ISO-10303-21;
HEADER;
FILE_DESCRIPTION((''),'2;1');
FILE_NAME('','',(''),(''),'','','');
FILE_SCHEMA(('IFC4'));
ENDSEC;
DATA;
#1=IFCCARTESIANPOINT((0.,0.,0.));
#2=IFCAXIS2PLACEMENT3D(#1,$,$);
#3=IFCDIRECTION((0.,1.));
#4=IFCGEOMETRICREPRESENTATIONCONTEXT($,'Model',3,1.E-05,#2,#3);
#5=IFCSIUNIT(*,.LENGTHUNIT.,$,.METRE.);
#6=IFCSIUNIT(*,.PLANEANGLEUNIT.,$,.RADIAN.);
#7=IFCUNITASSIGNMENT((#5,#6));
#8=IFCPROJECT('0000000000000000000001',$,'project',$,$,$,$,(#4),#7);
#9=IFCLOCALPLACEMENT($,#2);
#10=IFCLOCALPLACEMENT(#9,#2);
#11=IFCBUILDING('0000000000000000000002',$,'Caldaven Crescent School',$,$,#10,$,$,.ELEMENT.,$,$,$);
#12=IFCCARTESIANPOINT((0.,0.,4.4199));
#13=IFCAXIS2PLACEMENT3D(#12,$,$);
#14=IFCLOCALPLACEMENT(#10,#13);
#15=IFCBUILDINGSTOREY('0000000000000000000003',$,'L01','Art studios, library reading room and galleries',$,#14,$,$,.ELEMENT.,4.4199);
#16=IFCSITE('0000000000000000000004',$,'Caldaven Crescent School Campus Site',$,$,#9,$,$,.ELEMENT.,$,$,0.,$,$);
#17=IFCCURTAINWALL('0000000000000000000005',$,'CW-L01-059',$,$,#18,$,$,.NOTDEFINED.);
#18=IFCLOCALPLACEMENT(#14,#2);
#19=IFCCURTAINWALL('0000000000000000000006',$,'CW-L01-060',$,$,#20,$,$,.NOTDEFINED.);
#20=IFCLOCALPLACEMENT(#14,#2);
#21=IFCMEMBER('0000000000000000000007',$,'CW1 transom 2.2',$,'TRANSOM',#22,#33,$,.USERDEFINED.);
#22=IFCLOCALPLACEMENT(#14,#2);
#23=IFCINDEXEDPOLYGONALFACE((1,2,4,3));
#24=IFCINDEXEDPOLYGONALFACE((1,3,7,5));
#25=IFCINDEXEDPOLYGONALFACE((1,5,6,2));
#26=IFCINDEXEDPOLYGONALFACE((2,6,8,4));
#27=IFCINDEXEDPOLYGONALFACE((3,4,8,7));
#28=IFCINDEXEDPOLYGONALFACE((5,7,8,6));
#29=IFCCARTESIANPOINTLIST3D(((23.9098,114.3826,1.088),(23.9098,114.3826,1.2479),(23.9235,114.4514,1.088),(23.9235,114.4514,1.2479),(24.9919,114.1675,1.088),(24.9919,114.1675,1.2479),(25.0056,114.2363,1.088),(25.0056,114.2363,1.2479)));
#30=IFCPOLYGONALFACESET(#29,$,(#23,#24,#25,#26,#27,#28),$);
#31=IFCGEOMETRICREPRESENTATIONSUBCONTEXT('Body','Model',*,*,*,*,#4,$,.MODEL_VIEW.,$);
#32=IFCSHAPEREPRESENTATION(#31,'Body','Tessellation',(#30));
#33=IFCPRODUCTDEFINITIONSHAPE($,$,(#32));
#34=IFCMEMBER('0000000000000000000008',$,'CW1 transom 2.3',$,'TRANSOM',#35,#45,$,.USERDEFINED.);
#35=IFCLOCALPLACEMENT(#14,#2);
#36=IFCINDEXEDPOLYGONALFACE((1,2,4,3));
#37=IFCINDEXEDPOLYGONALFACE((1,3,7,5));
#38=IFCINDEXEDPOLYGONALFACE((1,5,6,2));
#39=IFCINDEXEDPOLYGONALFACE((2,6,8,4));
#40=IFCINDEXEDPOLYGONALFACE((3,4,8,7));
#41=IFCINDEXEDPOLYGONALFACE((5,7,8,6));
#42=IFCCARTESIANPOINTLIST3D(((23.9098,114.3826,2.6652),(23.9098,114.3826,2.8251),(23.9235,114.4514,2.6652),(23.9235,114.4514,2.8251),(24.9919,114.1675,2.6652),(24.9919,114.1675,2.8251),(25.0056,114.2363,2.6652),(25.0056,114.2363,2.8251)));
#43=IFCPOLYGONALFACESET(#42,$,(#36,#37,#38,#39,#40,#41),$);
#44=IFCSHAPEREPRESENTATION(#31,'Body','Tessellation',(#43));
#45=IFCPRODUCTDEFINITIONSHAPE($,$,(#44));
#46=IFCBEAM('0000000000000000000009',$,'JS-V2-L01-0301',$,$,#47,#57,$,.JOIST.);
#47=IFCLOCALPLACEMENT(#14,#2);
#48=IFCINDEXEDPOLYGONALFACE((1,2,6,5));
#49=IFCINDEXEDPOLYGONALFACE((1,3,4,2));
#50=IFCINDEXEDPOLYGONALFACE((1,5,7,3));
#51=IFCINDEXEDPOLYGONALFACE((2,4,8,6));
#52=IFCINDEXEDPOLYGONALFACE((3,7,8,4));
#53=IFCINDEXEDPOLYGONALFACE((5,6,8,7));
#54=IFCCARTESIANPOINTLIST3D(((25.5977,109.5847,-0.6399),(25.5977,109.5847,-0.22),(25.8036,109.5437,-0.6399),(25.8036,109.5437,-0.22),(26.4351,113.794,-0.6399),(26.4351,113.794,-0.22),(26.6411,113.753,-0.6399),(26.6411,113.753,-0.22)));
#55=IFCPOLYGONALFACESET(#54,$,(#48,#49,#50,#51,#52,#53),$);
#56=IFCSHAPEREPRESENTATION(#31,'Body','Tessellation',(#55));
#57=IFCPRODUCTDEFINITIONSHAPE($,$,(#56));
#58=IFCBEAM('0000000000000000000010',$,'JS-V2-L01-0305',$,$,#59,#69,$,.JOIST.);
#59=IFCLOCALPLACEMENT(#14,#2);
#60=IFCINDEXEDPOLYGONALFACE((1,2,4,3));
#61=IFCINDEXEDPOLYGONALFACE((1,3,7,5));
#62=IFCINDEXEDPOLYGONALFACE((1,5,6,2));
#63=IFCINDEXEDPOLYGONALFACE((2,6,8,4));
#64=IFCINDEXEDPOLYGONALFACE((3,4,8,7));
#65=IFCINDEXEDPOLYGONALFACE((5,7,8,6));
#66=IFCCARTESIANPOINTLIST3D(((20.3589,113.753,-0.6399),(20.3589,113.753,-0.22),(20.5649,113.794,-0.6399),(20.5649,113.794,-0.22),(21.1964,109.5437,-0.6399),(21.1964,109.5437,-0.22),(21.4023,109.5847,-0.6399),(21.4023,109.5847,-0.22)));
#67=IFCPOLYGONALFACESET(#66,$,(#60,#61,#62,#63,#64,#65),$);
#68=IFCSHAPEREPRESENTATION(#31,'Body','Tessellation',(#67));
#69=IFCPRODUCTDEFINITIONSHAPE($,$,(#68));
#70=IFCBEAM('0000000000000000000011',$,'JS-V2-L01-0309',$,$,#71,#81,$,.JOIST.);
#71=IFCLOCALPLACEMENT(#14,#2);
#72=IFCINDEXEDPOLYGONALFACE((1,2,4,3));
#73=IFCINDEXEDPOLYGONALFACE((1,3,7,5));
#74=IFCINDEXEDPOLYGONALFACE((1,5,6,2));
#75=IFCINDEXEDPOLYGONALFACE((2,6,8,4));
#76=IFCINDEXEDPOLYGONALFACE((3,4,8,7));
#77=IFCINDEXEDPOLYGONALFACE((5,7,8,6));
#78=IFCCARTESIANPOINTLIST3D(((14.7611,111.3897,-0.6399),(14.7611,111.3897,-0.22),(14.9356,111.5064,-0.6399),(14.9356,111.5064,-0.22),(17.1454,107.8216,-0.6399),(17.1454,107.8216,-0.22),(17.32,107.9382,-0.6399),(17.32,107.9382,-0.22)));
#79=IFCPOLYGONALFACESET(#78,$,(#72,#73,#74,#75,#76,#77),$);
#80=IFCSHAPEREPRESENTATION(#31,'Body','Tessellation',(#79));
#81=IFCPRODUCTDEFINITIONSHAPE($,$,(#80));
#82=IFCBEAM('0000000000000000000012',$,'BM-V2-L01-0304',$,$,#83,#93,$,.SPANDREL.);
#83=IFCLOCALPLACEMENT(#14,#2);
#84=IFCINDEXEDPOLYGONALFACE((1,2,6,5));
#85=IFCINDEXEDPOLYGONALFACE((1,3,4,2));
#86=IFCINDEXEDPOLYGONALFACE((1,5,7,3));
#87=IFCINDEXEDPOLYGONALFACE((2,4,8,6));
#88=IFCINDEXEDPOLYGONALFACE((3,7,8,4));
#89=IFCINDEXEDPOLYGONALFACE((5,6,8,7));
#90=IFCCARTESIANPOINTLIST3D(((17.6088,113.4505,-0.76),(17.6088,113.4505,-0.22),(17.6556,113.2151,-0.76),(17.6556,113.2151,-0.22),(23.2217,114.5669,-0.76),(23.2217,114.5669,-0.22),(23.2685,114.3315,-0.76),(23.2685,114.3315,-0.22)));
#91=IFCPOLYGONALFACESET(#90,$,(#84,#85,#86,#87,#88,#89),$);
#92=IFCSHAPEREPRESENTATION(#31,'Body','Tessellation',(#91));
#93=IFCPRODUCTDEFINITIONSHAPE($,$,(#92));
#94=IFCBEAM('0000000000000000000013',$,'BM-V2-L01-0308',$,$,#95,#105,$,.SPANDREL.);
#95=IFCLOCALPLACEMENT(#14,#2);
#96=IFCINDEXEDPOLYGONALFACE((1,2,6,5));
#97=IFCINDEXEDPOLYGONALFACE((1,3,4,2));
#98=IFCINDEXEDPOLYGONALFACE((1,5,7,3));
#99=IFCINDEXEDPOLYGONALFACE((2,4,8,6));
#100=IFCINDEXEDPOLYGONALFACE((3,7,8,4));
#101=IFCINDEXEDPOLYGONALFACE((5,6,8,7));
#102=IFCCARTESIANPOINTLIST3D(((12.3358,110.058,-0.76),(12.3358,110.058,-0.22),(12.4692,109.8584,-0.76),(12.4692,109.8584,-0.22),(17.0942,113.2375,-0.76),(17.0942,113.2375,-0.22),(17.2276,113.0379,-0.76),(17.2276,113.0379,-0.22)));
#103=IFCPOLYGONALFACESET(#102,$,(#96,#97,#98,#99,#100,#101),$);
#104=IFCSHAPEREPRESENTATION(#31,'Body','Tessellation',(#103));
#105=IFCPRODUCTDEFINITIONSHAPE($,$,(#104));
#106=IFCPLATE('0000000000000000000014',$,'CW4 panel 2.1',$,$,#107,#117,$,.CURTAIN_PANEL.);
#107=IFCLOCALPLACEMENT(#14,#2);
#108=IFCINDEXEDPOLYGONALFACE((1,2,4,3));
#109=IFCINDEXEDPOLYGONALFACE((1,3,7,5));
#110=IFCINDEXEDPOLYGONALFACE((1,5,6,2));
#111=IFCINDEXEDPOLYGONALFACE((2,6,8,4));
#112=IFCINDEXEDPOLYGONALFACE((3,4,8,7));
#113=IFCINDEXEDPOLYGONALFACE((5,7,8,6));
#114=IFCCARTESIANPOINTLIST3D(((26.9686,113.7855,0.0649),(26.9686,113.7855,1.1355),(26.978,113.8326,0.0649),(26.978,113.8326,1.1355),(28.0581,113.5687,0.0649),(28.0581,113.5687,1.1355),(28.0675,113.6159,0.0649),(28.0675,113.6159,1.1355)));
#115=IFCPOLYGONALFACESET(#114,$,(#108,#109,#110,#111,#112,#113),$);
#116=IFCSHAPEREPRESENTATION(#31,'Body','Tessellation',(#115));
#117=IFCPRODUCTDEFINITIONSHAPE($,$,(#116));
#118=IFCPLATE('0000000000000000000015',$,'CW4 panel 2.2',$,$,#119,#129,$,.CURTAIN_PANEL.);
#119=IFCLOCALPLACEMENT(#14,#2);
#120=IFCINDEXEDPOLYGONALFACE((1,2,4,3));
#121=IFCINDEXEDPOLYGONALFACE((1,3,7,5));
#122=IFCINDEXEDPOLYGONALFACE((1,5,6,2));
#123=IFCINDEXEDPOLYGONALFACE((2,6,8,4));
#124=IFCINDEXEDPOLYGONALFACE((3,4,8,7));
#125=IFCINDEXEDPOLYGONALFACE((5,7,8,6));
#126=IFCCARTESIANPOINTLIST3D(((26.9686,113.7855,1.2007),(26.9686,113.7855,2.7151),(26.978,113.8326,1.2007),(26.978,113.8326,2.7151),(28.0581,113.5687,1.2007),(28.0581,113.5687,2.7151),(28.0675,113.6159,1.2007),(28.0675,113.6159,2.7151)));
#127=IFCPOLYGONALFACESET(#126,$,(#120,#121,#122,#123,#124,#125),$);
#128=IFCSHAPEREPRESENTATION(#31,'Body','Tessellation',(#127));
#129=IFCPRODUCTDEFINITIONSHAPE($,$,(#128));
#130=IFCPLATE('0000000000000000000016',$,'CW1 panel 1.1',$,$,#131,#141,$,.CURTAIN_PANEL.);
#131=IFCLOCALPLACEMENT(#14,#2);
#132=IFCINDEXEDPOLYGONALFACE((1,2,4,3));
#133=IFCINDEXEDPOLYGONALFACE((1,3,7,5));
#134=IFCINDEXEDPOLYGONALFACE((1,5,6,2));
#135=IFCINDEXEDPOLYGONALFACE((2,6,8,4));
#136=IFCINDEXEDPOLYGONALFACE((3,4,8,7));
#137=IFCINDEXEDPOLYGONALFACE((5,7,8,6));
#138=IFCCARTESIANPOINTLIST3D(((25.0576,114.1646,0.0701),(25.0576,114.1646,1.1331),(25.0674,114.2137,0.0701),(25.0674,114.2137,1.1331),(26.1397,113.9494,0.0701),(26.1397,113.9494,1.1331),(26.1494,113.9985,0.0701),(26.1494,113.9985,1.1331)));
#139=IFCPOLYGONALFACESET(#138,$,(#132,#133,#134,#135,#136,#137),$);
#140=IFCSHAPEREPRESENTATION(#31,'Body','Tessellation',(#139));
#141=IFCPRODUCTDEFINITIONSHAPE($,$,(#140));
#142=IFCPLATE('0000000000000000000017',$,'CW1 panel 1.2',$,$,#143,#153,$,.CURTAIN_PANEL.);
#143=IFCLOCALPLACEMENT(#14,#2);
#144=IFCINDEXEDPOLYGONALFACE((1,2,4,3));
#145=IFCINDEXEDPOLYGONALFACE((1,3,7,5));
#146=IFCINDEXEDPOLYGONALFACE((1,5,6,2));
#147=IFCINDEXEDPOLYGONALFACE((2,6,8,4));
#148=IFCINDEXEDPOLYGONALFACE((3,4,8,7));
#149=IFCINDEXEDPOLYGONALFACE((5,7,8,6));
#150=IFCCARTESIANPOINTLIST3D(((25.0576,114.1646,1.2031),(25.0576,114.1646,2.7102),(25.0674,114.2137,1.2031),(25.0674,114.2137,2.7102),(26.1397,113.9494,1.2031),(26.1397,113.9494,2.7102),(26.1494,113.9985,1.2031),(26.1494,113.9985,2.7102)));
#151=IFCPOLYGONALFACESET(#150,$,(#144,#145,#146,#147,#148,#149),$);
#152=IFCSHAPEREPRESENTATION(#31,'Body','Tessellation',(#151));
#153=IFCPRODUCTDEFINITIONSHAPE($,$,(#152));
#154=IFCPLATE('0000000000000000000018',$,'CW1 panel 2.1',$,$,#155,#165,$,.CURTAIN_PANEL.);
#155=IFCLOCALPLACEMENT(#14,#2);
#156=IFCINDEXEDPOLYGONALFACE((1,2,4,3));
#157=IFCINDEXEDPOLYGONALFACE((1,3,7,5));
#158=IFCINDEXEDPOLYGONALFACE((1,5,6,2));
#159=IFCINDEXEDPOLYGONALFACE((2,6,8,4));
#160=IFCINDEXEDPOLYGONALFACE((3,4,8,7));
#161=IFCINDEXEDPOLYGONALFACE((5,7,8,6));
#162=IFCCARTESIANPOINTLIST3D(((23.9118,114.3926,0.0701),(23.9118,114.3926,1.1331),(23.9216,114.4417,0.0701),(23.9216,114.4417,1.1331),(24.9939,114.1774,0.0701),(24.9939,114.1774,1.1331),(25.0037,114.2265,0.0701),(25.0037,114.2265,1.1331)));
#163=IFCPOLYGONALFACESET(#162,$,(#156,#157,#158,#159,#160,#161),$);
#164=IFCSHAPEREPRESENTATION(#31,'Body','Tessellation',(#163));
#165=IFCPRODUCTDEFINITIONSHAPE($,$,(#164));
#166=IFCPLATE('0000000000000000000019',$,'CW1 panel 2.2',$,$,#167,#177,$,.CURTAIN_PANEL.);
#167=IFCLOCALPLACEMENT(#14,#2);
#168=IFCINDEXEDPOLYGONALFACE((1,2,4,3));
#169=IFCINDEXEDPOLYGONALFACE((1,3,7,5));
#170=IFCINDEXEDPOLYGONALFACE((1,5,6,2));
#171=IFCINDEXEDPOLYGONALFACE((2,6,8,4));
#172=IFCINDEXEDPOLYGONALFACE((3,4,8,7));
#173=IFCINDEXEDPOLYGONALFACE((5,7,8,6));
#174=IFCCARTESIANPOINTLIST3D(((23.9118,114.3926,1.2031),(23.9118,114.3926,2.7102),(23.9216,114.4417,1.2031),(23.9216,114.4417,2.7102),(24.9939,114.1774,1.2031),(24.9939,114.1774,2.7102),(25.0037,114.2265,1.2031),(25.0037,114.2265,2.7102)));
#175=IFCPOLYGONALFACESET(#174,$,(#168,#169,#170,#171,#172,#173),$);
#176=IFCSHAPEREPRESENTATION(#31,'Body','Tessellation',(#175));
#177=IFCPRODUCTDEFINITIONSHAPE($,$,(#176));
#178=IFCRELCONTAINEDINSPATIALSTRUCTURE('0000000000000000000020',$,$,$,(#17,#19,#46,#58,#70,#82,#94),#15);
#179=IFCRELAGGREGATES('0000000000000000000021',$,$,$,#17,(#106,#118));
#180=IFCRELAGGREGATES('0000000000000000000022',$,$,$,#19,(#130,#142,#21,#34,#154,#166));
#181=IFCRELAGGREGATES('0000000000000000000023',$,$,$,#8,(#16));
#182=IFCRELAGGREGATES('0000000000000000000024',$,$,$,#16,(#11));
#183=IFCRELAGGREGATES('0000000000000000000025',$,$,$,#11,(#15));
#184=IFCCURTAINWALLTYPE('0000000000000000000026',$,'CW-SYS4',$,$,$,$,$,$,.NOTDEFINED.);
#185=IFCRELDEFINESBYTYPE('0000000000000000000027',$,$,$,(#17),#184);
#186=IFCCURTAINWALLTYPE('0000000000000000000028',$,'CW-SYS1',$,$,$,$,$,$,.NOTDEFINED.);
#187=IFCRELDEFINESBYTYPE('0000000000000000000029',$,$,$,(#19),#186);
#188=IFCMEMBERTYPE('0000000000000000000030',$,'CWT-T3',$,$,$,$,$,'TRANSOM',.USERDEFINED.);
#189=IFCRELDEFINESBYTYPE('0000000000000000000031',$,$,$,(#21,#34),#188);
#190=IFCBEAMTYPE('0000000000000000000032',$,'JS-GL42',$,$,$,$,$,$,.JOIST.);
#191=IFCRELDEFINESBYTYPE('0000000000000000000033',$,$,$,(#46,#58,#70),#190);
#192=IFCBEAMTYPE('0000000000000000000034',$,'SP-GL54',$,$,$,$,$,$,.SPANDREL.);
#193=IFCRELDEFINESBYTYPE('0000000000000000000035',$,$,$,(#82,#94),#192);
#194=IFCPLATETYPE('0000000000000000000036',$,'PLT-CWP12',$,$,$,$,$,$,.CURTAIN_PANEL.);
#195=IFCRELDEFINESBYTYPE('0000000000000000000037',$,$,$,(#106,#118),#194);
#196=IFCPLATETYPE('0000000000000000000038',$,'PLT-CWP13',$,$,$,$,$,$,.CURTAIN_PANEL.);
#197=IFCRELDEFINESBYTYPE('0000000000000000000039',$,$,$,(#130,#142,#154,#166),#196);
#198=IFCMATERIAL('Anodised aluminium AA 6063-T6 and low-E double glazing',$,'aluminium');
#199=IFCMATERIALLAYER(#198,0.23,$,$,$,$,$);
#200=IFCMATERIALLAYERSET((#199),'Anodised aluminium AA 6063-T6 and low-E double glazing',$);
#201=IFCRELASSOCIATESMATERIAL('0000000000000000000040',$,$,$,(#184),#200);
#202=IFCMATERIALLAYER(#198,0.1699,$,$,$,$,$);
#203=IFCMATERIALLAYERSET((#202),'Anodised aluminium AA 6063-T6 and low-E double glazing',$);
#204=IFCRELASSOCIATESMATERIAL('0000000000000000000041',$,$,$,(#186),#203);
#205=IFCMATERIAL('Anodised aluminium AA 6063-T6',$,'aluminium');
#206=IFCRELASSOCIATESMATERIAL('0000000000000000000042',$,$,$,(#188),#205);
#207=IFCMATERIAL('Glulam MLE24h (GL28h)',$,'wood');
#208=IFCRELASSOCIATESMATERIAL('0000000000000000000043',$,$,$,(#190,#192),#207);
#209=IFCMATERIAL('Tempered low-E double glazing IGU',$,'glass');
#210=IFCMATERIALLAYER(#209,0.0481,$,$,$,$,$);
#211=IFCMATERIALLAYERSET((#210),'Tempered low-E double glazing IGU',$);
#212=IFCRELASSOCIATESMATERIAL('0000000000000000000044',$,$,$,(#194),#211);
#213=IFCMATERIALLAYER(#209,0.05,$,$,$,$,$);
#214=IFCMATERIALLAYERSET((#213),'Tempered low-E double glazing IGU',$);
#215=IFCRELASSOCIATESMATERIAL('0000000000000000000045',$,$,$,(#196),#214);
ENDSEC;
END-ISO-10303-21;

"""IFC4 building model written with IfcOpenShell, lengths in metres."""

from ifc_helpers import new_model, si_unit, direction, frame, origin, origin_2d, place, context, subcontext, project, spatial, rectangle, extrude, material, layer, layer_set, material_profile, profile_set, type_object, element, aggregate, save


model = new_model("IFC4")

# Units and contexts
model_context = context("Model", 3, precision=1e-05, world=origin(), true_north=direction((0.0, 1.0)))
body_context = subcontext(model_context, "Body", "Model", "MODEL_VIEW")
ifc_project = project(units=[si_unit("LENGTHUNIT", "METRE"), si_unit("PLANEANGLEUNIT", "RADIAN")], contexts=[model_context])

# Site, building, storey
site_placement = place(None, origin())
site = spatial("IfcSite", under=ifc_project, at=site_placement, Name="Caldaven Crescent School Campus Site", CompositionType="ELEMENT", RefElevation=0.0)
building_placement = place(site_placement, origin())
building = spatial("IfcBuilding", under=site, at=building_placement, Name="Caldaven Crescent School", CompositionType="ELEMENT")
storey_placement = place(building_placement, frame((0.0, 0.0, 4.4199)))
storey = spatial("IfcBuildingStorey", under=building, at=storey_placement, Name="L01", Description="Art studios, library reading room and galleries", CompositionType="ELEMENT", Elevation=4.4199)

# Shared definitions
ifc_material_1 = material(Name="Glulam MLE24h (GL28h)", Category="wood")

# Curtain wall
ifc_material_2 = material(Name="Anodised aluminium AA 6063-T6 and low-E double glazing", Category="aluminium")
ifc_layer_1 = layer(ifc_material_2, 0.23)
ifc_layer_set_1 = layer_set([ifc_layer_1], Name="Anodised aluminium AA 6063-T6 and low-E double glazing")
curtain_wall_type_1 = type_object("IfcCurtainWallType", Name="CW-SYS4", PredefinedType="NOTDEFINED", material=ifc_layer_set_1)
curtain_wall_1_placement = place(storey_placement, origin())
curtain_wall_1 = element("IfcCurtainWall", 1, at=curtain_wall_1_placement, inside=storey, type_object=curtain_wall_type_1, Name="CW-L01-059", PredefinedType="NOTDEFINED")
ifc_material_3 = material(Name="Anodised aluminium AA 6063-T6", Category="aluminium")

# Curtain wall
ifc_layer_2 = layer(ifc_material_2, 0.1699)
ifc_layer_set_2 = layer_set([ifc_layer_2], Name="Anodised aluminium AA 6063-T6 and low-E double glazing")
curtain_wall_type_2 = type_object("IfcCurtainWallType", Name="CW-SYS1", PredefinedType="NOTDEFINED", material=ifc_layer_set_2)
curtain_wall_2_placement = place(storey_placement, origin())
curtain_wall_2 = element("IfcCurtainWall", 2, at=curtain_wall_2_placement, inside=storey, type_object=curtain_wall_type_2, Name="CW-L01-060", PredefinedType="NOTDEFINED")

# Members
ifc_material_profile_1 = material_profile(ifc_material_3, rectangle(XDim=0.0701, YDim=0.1599, at=origin_2d()), Name="CWT 70x160")
ifc_profile_set_1 = profile_set([ifc_material_profile_1], Name="Anodised aluminium AA 6063-T6")
member_type_1 = type_object("IfcMemberType", Name="CWT-T3", ElementType="TRANSOM", PredefinedType="USERDEFINED", material=ifc_profile_set_1)
member_1_placement = place(storey_placement, frame((24.9988, 114.2019, 1.168), z_axis=(-0.98081, 0.194967, 0.0), x_axis=(-0.194967, -0.98081, 0.0)))
member_1 = element("IfcMember", 3, at=member_1_placement, type_object=member_type_1, Name="CW1 transom 2.2", ObjectType="TRANSOM", PredefinedType="USERDEFINED", context=body_context, shape_type="SweptSolid", body=[
    extrude(rectangle(XDim=0.0701, YDim=0.1599, at=origin_2d()), origin(), (0.0, 0.0, 1.0), 1.1033),
])
member_2_placement = place(storey_placement, frame((24.9988, 114.2019, 2.7451), z_axis=(-0.98081, 0.194967, 0.0), x_axis=(-0.194967, -0.98081, 0.0)))
member_2 = element("IfcMember", 4, at=member_2_placement, type_object=member_type_1, Name="CW1 transom 2.3", ObjectType="TRANSOM", PredefinedType="USERDEFINED", context=body_context, shape_type="SweptSolid", body=[
    extrude(rectangle(XDim=0.0701, YDim=0.1599, at=origin_2d()), origin(), (0.0, 0.0, 1.0), 1.1033),
])

# Beams
ifc_material_profile_2 = material_profile(ifc_material_1, rectangle(XDim=0.21, YDim=0.4199, at=origin_2d()), Name="MLE 210x420")
ifc_profile_set_2 = profile_set([ifc_material_profile_2], Name="Glulam MLE24h (GL28h)")
beam_type_1 = type_object("IfcBeamType", Name="JS-GL42", PredefinedType="JOIST", material=ifc_profile_set_2)
for number, where, z_axis, x_axis, name in (
    (5, (25.7007, 109.5642, -0.4299), (0.195121, 0.980779, 0.0), (-0.980779, 0.195121, 0.0), "JS-V2-L01-0301"),
    (6, (21.2993, 109.5642, -0.4299), (-0.195121, 0.980779, 0.0), (-0.980779, -0.195121, 0.0), "JS-V2-L01-0305"),
):
    element("IfcBeam", number, at=place(storey_placement, frame(where, z_axis=z_axis, x_axis=x_axis)), inside=storey, type_object=beam_type_1, Name=name, PredefinedType="JOIST", context=body_context, shape_type="SweptSolid", body=[
        extrude(rectangle(XDim=0.21, YDim=0.4199, at=origin_2d()), origin(), (0.0, 0.0, 1.0), 4.2917),
    ])
beam_1_placement = place(storey_placement, frame((17.2327, 107.8799, -0.4299), z_axis=(-0.555593, 0.831455, 0.0), x_axis=(-0.831455, -0.555593, 0.0)))
element("IfcBeam", 7, at=beam_1_placement, inside=storey, type_object=beam_type_1, Name="JS-V2-L01-0309", PredefinedType="JOIST", context=body_context, shape_type="SweptSolid", body=[
    extrude(rectangle(XDim=0.21, YDim=0.4199, at=origin_2d()), origin(), (0.0, 0.0, 1.0), 4.2915),
])
ifc_material_profile_3 = material_profile(ifc_material_1, rectangle(XDim=0.24, YDim=0.54, at=origin_2d()), Name="MLE 240x540")
ifc_profile_set_3 = profile_set([ifc_material_profile_3], Name="Glulam MLE24h (GL28h)")
beam_type_2 = type_object("IfcBeamType", Name="SP-GL54", PredefinedType="SPANDREL", material=ifc_profile_set_3)
for number, where, z_axis, x_axis, name in (
    (8, (23.2451, 114.4492, -0.49), (-0.980787, -0.195082, 0.0), (0.195082, -0.980787, 0.0), "BM-V2-L01-0304"),
    (9, (17.1609, 113.1377, -0.49), (-0.831466, -0.555576, 0.0), (0.555576, -0.831466, 0.0), "BM-V2-L01-0308"),
):
    element("IfcBeam", number, at=place(storey_placement, frame(where, z_axis=z_axis, x_axis=x_axis)), inside=storey, type_object=beam_type_2, Name=name, PredefinedType="SPANDREL", context=body_context, shape_type="SweptSolid", body=[
        extrude(rectangle(XDim=0.24, YDim=0.54, at=origin_2d()), origin(), (0.0, 0.0, 1.0), 5.7229),
    ])

# Plates
ifc_material_4 = material(Name="Tempered low-E double glazing IGU", Category="glass")
ifc_layer_3 = layer(ifc_material_4, 0.0481)
ifc_layer_set_3 = layer_set([ifc_layer_3], Name="Tempered low-E double glazing IGU")
plate_type_1 = type_object("IfcPlateType", Name="PLT-CWP12", PredefinedType="CURTAIN_PANEL", material=ifc_layer_set_3)
plate_1_placement = place(storey_placement, frame((27.5181, 113.7007, 0.0649), z_axis=(0.0, 0.0, 1.0), x_axis=(-0.980786, 0.195087, 0.0)))
plate_1 = element("IfcPlate", 10, at=plate_1_placement, type_object=plate_type_1, Name="CW4 panel 2.1", PredefinedType="CURTAIN_PANEL", context=body_context, shape_type="SweptSolid", body=[
    extrude(rectangle(XDim=1.1108, YDim=0.0481, at=origin_2d()), origin(), (0.0, 0.0, 1.0), 1.0706),
])
plate_2_placement = place(storey_placement, frame((27.5181, 113.7007, 1.2007), z_axis=(0.0, 0.0, 1.0), x_axis=(-0.980786, 0.195087, 0.0)))
plate_2 = element("IfcPlate", 11, at=plate_2_placement, type_object=plate_type_1, Name="CW4 panel 2.2", PredefinedType="CURTAIN_PANEL", context=body_context, shape_type="SweptSolid", body=[
    extrude(rectangle(XDim=1.1108, YDim=0.0481, at=origin_2d()), origin(), (0.0, 0.0, 1.0), 1.5144),
])
aggregate(curtain_wall_1, [plate_1, plate_2])
ifc_layer_4 = layer(ifc_material_4, 0.05)
ifc_layer_set_4 = layer_set([ifc_layer_4], Name="Tempered low-E double glazing IGU")
plate_type_2 = type_object("IfcPlateType", Name="PLT-CWP13", PredefinedType="CURTAIN_PANEL", material=ifc_layer_set_4)
plate_3_placement = place(storey_placement, frame((25.6035, 114.0815, 0.0701), z_axis=(0.0, 0.0, 1.0), x_axis=(-0.980785, 0.195091, 0.0)))
plate_3 = element("IfcPlate", 12, at=plate_3_placement, type_object=plate_type_2, Name="CW1 panel 1.1", PredefinedType="CURTAIN_PANEL", context=body_context, shape_type="SweptSolid", body=[
    extrude(rectangle(XDim=1.1033, YDim=0.05, at=origin_2d()), origin(), (0.0, 0.0, 1.0), 1.063),
])
plate_4_placement = place(storey_placement, frame((25.6035, 114.0815, 1.2031), z_axis=(0.0, 0.0, 1.0), x_axis=(-0.980785, 0.195091, 0.0)))
plate_4 = element("IfcPlate", 13, at=plate_4_placement, type_object=plate_type_2, Name="CW1 panel 1.2", PredefinedType="CURTAIN_PANEL", context=body_context, shape_type="SweptSolid", body=[
    extrude(rectangle(XDim=1.1033, YDim=0.05, at=origin_2d()), origin(), (0.0, 0.0, 1.0), 1.5071),
])
plate_5_placement = place(storey_placement, frame((24.4578, 114.3096, 0.0701), z_axis=(0.0, 0.0, 1.0), x_axis=(-0.980785, 0.195091, 0.0)))
plate_5 = element("IfcPlate", 14, at=plate_5_placement, type_object=plate_type_2, Name="CW1 panel 2.1", PredefinedType="CURTAIN_PANEL", context=body_context, shape_type="SweptSolid", body=[
    extrude(rectangle(XDim=1.1033, YDim=0.05, at=origin_2d()), origin(), (0.0, 0.0, 1.0), 1.063),
])
plate_6_placement = place(storey_placement, frame((24.4578, 114.3096, 1.2031), z_axis=(0.0, 0.0, 1.0), x_axis=(-0.980785, 0.195091, 0.0)))
plate_6 = element("IfcPlate", 15, at=plate_6_placement, type_object=plate_type_2, Name="CW1 panel 2.2", PredefinedType="CURTAIN_PANEL", context=body_context, shape_type="SweptSolid", body=[
    extrude(rectangle(XDim=1.1033, YDim=0.05, at=origin_2d()), origin(), (0.0, 0.0, 1.0), 1.5071),
])
aggregate(curtain_wall_2, [plate_3, plate_4, member_1, member_2, plate_5, plate_6])

save(model, "model.ifc")
